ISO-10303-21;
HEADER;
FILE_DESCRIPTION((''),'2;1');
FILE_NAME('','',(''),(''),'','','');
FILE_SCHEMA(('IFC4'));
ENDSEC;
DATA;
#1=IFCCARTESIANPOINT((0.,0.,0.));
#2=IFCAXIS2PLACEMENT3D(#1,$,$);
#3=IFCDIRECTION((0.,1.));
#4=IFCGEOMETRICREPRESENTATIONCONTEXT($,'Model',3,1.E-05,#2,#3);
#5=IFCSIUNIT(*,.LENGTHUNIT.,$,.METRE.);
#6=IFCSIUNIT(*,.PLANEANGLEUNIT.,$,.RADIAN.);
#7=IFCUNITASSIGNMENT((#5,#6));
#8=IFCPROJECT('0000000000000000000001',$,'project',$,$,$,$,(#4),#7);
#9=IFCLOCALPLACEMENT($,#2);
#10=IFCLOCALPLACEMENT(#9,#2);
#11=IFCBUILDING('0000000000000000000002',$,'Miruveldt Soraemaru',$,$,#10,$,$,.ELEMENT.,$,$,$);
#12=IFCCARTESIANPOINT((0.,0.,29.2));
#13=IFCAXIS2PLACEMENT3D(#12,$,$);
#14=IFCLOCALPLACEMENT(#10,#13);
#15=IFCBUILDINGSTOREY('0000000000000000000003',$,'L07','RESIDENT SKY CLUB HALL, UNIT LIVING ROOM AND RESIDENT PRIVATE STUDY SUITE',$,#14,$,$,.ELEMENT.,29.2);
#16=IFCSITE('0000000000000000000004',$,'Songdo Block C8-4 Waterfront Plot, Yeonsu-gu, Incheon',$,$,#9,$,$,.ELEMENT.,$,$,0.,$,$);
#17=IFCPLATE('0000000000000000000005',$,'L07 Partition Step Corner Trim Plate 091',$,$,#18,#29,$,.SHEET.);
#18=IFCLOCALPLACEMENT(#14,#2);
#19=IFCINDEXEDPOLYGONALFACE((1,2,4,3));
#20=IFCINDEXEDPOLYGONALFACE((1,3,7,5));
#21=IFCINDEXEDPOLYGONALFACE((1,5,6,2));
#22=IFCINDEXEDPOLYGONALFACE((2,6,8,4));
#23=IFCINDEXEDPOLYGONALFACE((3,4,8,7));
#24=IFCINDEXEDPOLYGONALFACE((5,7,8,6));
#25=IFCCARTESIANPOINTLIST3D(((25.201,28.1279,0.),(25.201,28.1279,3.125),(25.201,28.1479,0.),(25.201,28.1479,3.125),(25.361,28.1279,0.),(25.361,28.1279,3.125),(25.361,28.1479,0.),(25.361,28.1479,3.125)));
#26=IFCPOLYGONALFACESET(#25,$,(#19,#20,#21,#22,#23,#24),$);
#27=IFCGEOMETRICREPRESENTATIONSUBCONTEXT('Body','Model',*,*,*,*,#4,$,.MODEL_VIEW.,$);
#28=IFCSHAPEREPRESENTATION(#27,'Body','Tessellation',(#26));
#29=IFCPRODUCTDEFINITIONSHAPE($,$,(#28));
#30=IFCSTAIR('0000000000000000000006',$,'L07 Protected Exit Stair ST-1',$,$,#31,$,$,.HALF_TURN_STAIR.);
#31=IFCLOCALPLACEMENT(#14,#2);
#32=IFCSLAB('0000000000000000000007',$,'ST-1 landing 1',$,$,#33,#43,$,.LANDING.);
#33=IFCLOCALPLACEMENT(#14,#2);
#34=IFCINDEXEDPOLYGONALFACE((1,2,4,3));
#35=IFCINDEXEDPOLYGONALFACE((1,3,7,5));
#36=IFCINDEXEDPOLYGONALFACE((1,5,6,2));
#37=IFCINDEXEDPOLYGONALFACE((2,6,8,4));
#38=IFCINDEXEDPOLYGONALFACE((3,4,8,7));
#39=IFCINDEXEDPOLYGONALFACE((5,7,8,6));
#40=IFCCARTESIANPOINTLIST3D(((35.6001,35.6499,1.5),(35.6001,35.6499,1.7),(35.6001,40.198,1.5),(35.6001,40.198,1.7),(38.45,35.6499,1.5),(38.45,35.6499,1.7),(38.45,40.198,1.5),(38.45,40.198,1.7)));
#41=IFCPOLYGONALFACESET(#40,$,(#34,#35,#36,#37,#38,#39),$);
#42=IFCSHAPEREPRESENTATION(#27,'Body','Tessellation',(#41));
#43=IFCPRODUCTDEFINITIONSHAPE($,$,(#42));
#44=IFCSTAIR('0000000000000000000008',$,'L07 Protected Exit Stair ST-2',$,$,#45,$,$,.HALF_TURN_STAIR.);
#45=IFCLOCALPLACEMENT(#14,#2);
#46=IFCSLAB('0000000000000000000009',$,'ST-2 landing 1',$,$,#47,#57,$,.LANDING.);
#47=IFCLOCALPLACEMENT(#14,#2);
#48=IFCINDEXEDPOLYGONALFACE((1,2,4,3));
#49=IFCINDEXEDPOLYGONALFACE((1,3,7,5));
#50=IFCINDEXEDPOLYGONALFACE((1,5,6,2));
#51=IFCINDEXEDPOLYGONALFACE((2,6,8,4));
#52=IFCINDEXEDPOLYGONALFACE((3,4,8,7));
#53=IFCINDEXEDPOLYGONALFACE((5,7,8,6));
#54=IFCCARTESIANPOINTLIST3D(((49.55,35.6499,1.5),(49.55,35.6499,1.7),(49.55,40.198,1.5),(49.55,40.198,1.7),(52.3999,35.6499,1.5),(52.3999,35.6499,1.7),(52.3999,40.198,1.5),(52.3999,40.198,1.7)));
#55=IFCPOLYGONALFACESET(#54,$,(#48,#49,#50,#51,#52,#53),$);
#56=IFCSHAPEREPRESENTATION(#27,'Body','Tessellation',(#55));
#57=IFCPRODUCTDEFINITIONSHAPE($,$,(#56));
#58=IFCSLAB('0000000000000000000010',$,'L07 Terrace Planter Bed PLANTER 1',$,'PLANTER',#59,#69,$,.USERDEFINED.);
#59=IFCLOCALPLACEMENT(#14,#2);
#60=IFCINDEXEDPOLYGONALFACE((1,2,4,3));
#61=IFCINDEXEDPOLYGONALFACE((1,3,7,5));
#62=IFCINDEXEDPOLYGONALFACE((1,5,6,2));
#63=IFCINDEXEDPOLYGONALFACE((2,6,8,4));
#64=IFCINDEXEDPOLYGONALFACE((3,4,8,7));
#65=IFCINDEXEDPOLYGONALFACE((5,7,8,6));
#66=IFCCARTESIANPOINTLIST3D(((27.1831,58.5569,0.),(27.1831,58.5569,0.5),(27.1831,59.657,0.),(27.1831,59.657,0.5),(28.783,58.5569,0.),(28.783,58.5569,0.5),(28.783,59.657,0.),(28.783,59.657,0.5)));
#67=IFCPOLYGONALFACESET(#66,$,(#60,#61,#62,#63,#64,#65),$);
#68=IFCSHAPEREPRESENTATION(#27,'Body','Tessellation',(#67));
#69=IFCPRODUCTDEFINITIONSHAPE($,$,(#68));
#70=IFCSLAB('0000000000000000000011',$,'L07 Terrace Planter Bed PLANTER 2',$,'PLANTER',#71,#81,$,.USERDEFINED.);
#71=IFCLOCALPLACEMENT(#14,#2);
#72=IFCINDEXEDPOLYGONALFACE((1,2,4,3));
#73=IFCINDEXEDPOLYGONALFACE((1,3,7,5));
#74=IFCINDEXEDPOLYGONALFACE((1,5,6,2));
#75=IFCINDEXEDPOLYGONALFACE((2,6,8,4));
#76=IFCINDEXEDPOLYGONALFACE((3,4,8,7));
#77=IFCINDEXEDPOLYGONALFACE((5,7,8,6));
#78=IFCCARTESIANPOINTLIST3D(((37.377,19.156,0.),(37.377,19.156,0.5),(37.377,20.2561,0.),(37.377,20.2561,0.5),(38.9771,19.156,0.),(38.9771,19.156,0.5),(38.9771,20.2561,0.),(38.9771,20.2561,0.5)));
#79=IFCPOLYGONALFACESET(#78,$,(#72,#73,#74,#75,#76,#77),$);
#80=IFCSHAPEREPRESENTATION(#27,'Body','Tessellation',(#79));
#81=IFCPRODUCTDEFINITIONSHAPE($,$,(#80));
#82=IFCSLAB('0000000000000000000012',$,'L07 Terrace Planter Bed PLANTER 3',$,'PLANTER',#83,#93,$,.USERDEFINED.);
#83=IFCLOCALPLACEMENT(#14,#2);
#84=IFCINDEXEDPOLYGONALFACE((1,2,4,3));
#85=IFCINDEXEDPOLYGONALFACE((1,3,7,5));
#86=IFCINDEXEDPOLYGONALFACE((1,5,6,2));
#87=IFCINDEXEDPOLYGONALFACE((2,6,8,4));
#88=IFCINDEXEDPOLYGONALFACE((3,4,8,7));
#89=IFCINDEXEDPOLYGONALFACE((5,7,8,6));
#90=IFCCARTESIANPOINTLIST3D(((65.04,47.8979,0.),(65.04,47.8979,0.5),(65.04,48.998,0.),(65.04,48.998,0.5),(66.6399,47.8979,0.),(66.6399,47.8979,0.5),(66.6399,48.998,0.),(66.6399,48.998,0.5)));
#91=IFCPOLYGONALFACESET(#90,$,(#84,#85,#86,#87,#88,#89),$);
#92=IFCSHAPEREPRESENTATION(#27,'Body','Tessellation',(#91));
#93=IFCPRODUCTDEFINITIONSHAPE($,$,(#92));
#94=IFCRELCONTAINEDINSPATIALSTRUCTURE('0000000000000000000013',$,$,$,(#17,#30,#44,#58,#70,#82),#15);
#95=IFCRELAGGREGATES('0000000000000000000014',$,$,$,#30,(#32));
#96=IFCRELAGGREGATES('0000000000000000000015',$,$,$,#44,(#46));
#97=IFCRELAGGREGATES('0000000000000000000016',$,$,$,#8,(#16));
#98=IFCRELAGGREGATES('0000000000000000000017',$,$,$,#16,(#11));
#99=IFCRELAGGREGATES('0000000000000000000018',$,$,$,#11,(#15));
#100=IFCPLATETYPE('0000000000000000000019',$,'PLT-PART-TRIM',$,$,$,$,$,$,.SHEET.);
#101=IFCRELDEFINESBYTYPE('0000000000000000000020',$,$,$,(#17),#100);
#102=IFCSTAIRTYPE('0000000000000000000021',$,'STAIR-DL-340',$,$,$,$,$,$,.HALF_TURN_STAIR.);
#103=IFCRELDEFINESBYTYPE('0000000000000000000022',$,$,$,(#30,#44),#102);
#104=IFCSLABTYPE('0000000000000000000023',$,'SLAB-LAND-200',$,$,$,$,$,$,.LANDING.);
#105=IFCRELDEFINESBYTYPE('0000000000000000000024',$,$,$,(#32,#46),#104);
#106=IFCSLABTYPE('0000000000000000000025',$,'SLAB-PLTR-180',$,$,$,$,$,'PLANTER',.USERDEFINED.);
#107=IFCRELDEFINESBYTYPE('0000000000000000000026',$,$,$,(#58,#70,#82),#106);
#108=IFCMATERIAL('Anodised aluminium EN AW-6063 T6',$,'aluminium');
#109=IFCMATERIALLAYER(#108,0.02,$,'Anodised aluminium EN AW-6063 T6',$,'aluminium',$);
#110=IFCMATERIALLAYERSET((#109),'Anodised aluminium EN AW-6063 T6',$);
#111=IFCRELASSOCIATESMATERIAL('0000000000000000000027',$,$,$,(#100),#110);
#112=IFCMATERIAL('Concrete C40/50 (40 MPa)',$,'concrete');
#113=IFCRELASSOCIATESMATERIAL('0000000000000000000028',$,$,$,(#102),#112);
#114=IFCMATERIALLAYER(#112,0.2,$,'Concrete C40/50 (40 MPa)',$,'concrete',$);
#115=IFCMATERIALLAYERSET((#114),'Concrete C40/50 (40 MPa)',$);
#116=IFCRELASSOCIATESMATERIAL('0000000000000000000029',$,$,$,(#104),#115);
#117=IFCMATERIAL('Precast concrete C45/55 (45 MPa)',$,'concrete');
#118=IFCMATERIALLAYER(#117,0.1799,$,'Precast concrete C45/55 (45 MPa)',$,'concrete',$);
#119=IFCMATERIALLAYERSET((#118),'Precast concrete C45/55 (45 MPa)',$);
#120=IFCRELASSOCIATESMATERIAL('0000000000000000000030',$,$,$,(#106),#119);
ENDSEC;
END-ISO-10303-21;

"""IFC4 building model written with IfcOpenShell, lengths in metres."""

from ifc_helpers import new_model, si_unit, direction, frame, origin, origin_2d, place, context, subcontext, project, spatial, polyline, rectangle, outline, extrude, material, layer, layer_set, type_object, element, aggregate, save


model = new_model("IFC4")

# Units and contexts
model_context = context("Model", 3, precision=1e-05, world=origin(), true_north=direction((0.0, 1.0)))
body_context = subcontext(model_context, "Body", "Model", "MODEL_VIEW")
ifc_project = project(units=[si_unit("LENGTHUNIT", "METRE"), si_unit("PLANEANGLEUNIT", "RADIAN")], contexts=[model_context])

# Site, building, storey
site_placement = place(None, origin())
site = spatial("IfcSite", under=ifc_project, at=site_placement, Name="Songdo Block C8-4 Waterfront Plot, Yeonsu-gu, Incheon", CompositionType="ELEMENT", RefElevation=0.0)
building_placement = place(site_placement, origin())
building = spatial("IfcBuilding", under=site, at=building_placement, Name="Miruveldt Soraemaru", CompositionType="ELEMENT")
storey_placement = place(building_placement, frame((0.0, 0.0, 29.2)))
storey = spatial("IfcBuildingStorey", under=building, at=storey_placement, Name="L07", Description="RESIDENT SKY CLUB HALL, UNIT LIVING ROOM AND RESIDENT PRIVATE STUDY SUITE", CompositionType="ELEMENT", Elevation=29.2)

# Plate
ifc_material_1 = material(Name="Anodised aluminium EN AW-6063 T6", Category="aluminium")
ifc_layer_1 = layer(ifc_material_1, 0.02, Name="Anodised aluminium EN AW-6063 T6", Category="aluminium")
ifc_layer_set_1 = layer_set([ifc_layer_1], Name="Anodised aluminium EN AW-6063 T6")
plate_type = type_object("IfcPlateType", Name="PLT-PART-TRIM", PredefinedType="SHEET", material=ifc_layer_set_1)
plate_placement = place(storey_placement, frame((25.281, 28.1379, 0.0), z_axis=(0.0, 0.0, 1.0), x_axis=(1.0, 0.0, 0.0)))
element("IfcPlate", 1, at=plate_placement, inside=storey, type_object=plate_type, Name="L07 Partition Step Corner Trim Plate 091", PredefinedType="SHEET", context=body_context, shape_type="SweptSolid", body=[
    extrude(rectangle(XDim=0.1599, YDim=0.02, at=origin_2d()), origin(), (0.0, 0.0, 1.0), 3.125),
])

# Stairs, slabs
ifc_material_2 = material(Name="Concrete C40/50 (40 MPa)", Category="concrete")
stair_type = type_object("IfcStairType", Name="STAIR-DL-340", PredefinedType="HALF_TURN_STAIR", material=ifc_material_2)
stair_1_placement = place(storey_placement, origin())
stair_1 = element("IfcStair", 2, at=stair_1_placement, inside=storey, type_object=stair_type, Name="L07 Protected Exit Stair ST-1", PredefinedType="HALF_TURN_STAIR")
ifc_layer_2 = layer(ifc_material_2, 0.2, Name="Concrete C40/50 (40 MPa)", Category="concrete")
ifc_layer_set_2 = layer_set([ifc_layer_2], Name="Concrete C40/50 (40 MPa)")
slab_type_1 = type_object("IfcSlabType", Name="SLAB-LAND-200", PredefinedType="LANDING", material=ifc_layer_set_2)
slab_1_placement = place(storey_placement, frame((0.0, 0.0, 1.5)))
slab_1 = element("IfcSlab", 3, at=slab_1_placement, type_object=slab_type_1, Name="ST-1 landing 1", PredefinedType="LANDING", context=body_context, shape_type="SweptSolid", body=[
    extrude(outline(polyline([(35.6001, 40.198), (35.6001, 35.6499), (38.45, 35.6499), (38.45, 40.198), (35.6001, 40.198)])), origin(), (0.0, 0.0, 1.0), 0.2),
])
aggregate(stair_1, [slab_1])
stair_2_placement = place(storey_placement, origin())
stair_2 = element("IfcStair", 4, at=stair_2_placement, inside=storey, type_object=stair_type, Name="L07 Protected Exit Stair ST-2", PredefinedType="HALF_TURN_STAIR")
slab_2_placement = place(storey_placement, frame((0.0, 0.0, 1.5)))
slab_2 = element("IfcSlab", 5, at=slab_2_placement, type_object=slab_type_1, Name="ST-2 landing 1", PredefinedType="LANDING", context=body_context, shape_type="SweptSolid", body=[
    extrude(outline(polyline([(49.55, 40.198), (49.55, 35.6499), (52.3999, 35.6499), (52.3999, 40.198), (49.55, 40.198)])), origin(), (0.0, 0.0, 1.0), 0.2),
])
aggregate(stair_2, [slab_2])

# Slabs
ifc_material_3 = material(Name="Precast concrete C45/55 (45 MPa)", Category="concrete")
ifc_layer_3 = layer(ifc_material_3, 0.1799, Name="Precast concrete C45/55 (45 MPa)", Category="concrete")
ifc_layer_set_3 = layer_set([ifc_layer_3], Name="Precast concrete C45/55 (45 MPa)")
slab_type_2 = type_object("IfcSlabType", Name="SLAB-PLTR-180", ElementType="PLANTER", PredefinedType="USERDEFINED", material=ifc_layer_set_3)
slab_3_placement = place(storey_placement, origin())
element("IfcSlab", 6, at=slab_3_placement, inside=storey, type_object=slab_type_2, Name="L07 Terrace Planter Bed PLANTER 1", ObjectType="PLANTER", PredefinedType="USERDEFINED", context=body_context, shape_type="SweptSolid", body=[
    extrude(outline(polyline([(27.1831, 58.5569), (28.783, 58.5569), (28.783, 59.657), (27.1831, 59.657), (27.1831, 58.5569)])), origin(), (0.0, 0.0, 1.0), 0.5),
])
slab_4_placement = place(storey_placement, origin())
element("IfcSlab", 7, at=slab_4_placement, inside=storey, type_object=slab_type_2, Name="L07 Terrace Planter Bed PLANTER 2", ObjectType="PLANTER", PredefinedType="USERDEFINED", context=body_context, shape_type="SweptSolid", body=[
    extrude(outline(polyline([(37.377, 19.156), (38.9771, 19.156), (38.9771, 20.2561), (37.377, 20.2561), (37.377, 19.156)])), origin(), (0.0, 0.0, 1.0), 0.5),
])
slab_5_placement = place(storey_placement, origin())
element("IfcSlab", 8, at=slab_5_placement, inside=storey, type_object=slab_type_2, Name="L07 Terrace Planter Bed PLANTER 3", ObjectType="PLANTER", PredefinedType="USERDEFINED", context=body_context, shape_type="SweptSolid", body=[
    extrude(outline(polyline([(65.04, 47.8979), (66.6399, 47.8979), (66.6399, 48.998), (65.04, 48.998), (65.04, 47.8979)])), origin(), (0.0, 0.0, 1.0), 0.5),
])

save(model, "model.ifc")
